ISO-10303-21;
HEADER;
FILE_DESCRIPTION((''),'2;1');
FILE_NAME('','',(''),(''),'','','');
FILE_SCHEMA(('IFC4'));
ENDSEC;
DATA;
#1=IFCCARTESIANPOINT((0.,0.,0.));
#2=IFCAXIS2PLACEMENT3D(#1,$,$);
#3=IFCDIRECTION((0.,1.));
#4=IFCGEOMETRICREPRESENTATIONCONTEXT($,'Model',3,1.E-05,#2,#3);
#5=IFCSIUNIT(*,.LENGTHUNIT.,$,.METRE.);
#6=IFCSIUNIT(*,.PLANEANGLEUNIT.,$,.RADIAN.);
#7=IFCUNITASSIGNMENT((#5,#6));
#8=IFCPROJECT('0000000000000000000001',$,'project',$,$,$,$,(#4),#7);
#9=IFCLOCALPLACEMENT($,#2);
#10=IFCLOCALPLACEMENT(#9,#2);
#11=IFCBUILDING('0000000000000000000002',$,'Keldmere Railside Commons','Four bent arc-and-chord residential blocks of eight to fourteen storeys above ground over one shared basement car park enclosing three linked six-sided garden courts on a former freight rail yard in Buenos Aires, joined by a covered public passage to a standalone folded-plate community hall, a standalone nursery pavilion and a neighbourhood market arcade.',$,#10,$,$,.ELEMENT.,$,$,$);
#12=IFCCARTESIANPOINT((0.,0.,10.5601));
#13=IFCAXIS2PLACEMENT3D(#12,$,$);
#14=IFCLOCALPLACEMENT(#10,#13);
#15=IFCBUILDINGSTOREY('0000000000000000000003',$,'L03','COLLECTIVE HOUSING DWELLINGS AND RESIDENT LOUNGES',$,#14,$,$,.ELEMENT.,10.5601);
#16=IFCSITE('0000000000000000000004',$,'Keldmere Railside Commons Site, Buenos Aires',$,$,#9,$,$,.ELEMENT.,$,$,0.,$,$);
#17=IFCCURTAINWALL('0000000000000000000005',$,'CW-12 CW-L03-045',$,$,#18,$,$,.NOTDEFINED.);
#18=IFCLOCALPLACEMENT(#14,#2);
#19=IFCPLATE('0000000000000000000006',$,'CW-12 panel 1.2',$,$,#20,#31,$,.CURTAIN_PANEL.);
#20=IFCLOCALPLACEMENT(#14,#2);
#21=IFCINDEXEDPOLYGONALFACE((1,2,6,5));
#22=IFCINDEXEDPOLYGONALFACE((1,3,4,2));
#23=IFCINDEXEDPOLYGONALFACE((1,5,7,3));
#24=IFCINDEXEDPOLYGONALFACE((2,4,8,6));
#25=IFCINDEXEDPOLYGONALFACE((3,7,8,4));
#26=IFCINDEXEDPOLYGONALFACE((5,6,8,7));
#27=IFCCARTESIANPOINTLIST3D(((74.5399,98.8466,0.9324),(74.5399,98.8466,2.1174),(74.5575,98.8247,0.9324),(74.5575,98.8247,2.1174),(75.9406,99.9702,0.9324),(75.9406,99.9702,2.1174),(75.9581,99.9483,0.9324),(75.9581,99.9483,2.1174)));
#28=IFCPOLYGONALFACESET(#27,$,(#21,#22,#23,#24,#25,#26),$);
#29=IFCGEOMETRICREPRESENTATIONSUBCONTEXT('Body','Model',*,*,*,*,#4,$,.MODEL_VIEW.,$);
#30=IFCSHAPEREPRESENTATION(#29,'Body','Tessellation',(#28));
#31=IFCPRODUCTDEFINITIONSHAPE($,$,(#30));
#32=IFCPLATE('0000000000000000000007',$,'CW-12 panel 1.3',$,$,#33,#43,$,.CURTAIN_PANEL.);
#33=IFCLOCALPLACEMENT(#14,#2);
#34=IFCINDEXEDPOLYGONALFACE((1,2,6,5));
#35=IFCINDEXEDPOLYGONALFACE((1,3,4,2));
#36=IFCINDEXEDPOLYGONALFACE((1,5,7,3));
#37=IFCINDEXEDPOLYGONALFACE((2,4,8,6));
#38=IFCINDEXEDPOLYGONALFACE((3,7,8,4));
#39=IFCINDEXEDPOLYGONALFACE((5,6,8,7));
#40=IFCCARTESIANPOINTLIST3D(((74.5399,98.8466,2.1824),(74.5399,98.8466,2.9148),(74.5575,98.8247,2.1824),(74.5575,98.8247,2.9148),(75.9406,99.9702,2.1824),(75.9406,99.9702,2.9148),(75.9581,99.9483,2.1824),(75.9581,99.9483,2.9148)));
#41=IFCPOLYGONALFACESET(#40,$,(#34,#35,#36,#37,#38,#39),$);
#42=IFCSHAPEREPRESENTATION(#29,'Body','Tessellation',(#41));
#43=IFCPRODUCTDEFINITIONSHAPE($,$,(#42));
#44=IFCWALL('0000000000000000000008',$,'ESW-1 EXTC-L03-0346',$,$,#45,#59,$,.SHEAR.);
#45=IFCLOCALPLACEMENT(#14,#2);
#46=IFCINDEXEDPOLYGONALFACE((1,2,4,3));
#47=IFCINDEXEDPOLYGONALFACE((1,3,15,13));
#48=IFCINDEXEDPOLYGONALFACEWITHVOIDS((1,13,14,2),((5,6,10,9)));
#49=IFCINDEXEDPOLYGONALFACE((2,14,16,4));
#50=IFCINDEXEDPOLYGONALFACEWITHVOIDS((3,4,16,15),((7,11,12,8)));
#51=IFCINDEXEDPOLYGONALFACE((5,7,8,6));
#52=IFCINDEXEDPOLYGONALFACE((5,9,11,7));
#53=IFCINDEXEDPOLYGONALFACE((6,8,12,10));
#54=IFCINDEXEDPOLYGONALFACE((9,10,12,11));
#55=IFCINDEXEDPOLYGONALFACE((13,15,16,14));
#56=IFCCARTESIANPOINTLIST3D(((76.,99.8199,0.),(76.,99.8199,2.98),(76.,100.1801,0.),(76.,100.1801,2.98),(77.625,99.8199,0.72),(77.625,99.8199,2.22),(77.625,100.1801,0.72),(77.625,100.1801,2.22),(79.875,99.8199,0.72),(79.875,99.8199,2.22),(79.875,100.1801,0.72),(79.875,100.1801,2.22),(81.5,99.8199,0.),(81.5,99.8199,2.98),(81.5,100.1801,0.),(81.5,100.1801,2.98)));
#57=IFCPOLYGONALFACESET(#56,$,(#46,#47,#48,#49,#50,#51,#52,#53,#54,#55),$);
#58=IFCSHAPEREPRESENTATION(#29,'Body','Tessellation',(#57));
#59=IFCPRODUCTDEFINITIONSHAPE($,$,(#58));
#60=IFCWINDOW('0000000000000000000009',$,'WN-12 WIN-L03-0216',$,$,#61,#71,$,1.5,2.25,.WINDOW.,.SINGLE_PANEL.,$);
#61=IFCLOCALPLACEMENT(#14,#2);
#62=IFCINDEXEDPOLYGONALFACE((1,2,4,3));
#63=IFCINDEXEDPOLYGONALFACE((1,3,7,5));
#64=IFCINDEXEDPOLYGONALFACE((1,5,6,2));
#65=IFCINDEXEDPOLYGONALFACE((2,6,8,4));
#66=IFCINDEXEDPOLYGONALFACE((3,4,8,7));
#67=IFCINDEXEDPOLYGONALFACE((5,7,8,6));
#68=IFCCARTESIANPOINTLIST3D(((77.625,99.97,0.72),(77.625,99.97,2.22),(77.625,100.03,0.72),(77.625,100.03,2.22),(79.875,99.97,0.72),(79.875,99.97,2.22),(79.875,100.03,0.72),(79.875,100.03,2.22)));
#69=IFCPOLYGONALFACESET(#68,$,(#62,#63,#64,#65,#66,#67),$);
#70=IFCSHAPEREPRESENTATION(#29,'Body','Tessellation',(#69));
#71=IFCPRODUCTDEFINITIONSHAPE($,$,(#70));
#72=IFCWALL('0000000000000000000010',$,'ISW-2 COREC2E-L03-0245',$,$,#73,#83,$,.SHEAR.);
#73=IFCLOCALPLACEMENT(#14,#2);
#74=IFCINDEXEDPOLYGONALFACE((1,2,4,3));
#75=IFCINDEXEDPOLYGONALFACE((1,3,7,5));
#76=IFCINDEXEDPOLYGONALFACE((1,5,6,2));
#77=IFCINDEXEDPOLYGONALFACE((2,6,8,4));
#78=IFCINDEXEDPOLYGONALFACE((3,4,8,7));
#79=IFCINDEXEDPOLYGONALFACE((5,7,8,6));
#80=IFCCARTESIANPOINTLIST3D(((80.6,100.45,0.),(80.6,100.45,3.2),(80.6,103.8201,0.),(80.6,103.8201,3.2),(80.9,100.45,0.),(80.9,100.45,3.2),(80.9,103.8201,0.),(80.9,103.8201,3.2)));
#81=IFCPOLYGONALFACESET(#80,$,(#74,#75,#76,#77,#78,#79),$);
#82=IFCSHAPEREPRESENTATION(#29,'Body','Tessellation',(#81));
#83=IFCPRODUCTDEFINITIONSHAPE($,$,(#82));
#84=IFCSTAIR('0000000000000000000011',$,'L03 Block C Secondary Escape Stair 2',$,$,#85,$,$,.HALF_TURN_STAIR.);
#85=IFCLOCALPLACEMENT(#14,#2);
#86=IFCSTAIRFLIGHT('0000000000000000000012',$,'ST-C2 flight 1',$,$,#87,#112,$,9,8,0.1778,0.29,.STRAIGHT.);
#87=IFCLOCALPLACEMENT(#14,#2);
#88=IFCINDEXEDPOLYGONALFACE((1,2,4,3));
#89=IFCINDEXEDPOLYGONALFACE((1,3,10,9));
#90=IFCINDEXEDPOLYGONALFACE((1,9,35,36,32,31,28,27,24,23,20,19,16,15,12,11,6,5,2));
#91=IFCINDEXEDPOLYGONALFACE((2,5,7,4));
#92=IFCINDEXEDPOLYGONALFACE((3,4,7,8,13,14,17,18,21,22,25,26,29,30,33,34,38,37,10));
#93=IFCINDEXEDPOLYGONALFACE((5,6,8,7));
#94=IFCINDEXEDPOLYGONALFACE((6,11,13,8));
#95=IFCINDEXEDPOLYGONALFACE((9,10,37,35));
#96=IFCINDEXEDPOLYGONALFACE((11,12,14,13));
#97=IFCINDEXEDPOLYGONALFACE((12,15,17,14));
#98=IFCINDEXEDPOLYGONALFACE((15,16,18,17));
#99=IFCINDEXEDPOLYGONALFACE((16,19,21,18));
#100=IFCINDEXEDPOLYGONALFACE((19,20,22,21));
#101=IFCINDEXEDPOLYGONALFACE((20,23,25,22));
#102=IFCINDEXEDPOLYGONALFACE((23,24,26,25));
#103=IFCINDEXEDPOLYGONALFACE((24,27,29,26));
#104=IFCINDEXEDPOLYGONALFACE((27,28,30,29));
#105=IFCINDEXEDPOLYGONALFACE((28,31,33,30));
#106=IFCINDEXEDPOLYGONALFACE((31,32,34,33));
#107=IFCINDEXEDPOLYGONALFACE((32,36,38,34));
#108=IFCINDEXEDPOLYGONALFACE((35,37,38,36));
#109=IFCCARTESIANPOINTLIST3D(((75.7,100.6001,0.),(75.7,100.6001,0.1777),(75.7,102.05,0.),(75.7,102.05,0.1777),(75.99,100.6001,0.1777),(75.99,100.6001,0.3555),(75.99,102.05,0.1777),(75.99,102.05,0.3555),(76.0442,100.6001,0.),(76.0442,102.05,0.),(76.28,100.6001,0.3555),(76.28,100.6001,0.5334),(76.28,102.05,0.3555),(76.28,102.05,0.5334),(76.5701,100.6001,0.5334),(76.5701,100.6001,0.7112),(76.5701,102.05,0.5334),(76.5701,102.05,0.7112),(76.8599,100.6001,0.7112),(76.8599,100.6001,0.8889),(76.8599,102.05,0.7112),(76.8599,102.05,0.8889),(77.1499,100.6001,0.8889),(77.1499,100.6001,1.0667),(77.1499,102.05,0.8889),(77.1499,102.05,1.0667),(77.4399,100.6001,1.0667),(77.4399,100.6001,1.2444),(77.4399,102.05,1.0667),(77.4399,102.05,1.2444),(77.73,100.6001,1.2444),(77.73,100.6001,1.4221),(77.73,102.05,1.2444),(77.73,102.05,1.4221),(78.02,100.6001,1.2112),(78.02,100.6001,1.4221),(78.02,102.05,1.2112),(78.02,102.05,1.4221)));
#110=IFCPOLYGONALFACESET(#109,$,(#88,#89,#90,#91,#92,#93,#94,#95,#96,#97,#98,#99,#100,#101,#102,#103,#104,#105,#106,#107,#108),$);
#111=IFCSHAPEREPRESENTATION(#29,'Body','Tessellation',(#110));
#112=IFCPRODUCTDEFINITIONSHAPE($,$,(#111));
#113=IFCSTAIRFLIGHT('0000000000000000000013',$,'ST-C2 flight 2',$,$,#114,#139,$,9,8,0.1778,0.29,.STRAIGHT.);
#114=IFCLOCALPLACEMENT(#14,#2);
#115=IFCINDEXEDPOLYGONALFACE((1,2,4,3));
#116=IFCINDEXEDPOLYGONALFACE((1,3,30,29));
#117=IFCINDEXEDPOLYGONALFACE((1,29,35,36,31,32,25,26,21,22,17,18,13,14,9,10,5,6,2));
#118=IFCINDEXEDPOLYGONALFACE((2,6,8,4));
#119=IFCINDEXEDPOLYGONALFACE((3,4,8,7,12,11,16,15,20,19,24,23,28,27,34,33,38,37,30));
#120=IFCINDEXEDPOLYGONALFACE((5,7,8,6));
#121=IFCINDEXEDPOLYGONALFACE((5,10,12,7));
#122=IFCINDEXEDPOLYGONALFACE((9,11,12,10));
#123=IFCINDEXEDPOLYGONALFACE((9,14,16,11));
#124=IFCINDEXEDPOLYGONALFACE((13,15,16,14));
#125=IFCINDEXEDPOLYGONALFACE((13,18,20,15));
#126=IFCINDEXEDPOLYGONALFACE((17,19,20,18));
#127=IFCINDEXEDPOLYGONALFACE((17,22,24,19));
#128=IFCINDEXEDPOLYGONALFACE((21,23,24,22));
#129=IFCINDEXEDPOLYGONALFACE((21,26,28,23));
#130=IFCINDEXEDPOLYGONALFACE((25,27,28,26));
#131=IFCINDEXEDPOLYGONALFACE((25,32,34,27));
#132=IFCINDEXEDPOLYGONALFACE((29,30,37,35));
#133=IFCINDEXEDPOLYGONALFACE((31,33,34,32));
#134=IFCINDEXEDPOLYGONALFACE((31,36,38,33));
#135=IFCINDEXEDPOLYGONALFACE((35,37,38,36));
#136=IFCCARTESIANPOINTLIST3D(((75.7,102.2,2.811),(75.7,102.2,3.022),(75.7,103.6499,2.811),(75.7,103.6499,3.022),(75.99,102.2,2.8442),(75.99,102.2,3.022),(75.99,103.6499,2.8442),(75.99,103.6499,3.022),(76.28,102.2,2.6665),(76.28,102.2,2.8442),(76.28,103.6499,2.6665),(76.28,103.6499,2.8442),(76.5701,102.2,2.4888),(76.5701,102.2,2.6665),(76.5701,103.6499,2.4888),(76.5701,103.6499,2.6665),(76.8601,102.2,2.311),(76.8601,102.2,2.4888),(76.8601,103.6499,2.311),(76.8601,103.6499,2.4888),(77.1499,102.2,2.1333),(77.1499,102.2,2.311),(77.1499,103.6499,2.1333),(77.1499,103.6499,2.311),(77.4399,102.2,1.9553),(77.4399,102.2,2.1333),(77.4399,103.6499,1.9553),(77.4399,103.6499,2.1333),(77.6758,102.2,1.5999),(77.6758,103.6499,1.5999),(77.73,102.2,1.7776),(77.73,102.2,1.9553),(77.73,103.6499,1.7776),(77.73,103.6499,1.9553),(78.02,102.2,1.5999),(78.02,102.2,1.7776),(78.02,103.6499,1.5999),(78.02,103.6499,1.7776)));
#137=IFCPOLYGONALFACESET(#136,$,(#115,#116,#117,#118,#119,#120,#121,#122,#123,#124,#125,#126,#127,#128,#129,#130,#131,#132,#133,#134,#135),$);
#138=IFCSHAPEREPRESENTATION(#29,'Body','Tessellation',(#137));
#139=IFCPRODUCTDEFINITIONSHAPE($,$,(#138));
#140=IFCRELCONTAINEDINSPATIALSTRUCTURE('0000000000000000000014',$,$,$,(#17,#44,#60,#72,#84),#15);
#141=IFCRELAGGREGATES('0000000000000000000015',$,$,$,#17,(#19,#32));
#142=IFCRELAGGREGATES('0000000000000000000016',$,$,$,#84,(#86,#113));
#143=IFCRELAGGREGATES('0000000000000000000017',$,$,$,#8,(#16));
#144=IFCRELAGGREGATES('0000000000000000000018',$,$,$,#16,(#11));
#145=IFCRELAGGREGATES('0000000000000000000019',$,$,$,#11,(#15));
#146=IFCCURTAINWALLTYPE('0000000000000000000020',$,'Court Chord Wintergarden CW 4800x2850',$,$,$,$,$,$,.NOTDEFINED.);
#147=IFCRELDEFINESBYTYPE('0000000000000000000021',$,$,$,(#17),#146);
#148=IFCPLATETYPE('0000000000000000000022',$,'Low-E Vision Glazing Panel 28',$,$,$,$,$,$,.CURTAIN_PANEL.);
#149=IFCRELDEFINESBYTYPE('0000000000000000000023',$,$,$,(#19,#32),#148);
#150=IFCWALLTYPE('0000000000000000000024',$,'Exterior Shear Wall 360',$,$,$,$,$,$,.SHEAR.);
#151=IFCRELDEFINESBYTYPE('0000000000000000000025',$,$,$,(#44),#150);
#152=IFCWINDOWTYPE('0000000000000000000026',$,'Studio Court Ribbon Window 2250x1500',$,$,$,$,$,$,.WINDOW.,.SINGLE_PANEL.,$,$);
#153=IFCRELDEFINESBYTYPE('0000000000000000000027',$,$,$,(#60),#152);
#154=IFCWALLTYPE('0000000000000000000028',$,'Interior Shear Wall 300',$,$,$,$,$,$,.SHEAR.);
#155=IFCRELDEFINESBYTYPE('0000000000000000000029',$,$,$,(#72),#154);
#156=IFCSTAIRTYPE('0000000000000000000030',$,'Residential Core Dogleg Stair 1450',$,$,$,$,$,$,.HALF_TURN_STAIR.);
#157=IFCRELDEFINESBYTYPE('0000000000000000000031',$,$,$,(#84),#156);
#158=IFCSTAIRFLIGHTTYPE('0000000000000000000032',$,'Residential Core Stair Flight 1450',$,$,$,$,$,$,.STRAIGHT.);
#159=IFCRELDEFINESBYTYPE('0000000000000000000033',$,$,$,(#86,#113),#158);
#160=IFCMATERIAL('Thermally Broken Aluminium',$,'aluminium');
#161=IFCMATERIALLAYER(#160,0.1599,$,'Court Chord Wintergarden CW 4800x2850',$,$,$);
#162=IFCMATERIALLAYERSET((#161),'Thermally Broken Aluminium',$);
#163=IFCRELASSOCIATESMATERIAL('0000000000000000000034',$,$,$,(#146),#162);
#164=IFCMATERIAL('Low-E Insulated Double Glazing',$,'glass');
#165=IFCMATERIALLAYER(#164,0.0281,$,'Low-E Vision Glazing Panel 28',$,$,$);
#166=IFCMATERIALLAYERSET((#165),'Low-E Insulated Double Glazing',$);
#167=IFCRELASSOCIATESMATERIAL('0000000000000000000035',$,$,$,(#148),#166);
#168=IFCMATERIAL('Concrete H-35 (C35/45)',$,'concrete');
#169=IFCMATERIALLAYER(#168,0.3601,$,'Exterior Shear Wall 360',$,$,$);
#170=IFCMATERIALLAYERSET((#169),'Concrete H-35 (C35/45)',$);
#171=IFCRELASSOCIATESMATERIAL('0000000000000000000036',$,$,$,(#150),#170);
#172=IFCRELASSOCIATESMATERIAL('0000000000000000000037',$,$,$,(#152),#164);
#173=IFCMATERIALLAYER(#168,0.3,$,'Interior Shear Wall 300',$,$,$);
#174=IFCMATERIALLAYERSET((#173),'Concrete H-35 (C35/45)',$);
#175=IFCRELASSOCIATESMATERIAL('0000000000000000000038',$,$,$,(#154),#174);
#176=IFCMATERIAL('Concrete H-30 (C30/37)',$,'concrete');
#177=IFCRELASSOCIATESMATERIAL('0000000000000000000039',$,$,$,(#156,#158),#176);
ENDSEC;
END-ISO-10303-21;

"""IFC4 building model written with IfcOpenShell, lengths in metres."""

from ifc_helpers import new_model, si_unit, direction, frame, frame_2d, origin, origin_2d, place, context, subcontext, project, spatial, polyline, rectangle, outline, extrude, material, layer, layer_set, type_object, element, fill, aggregate, save


model = new_model("IFC4")

# Units and contexts
model_context = context("Model", 3, precision=1e-05, world=origin(), true_north=direction((0.0, 1.0)))
body_context = subcontext(model_context, "Body", "Model", "MODEL_VIEW")
ifc_project = project(units=[si_unit("LENGTHUNIT", "METRE"), si_unit("PLANEANGLEUNIT", "RADIAN")], contexts=[model_context])

# Site, building, storey
site_placement = place(None, origin())
site = spatial("IfcSite", under=ifc_project, at=site_placement, Name="Keldmere Railside Commons Site, Buenos Aires", CompositionType="ELEMENT", RefElevation=0.0)
building_placement = place(site_placement, origin())
building = spatial("IfcBuilding", under=site, at=building_placement, Name="Keldmere Railside Commons", Description="Four bent arc-and-chord residential blocks of eight to fourteen storeys above ground over one shared basement car park enclosing three linked six-sided garden courts on a former freight rail yard in Buenos Aires, joined by a covered public passage to a standalone folded-plate community hall, a standalone nursery pavilion and a neighbourhood market arcade.", CompositionType="ELEMENT")
storey_placement = place(building_placement, frame((0.0, 0.0, 10.5601)))
storey = spatial("IfcBuildingStorey", under=building, at=storey_placement, Name="L03", Description="COLLECTIVE HOUSING DWELLINGS AND RESIDENT LOUNGES", CompositionType="ELEMENT", Elevation=10.5601)

# Curtain wall, plates
ifc_material_1 = material(Name="Thermally Broken Aluminium", Category="aluminium")
ifc_layer_1 = layer(ifc_material_1, 0.1599, Name="Court Chord Wintergarden CW 4800x2850")
ifc_layer_set_1 = layer_set([ifc_layer_1], Name="Thermally Broken Aluminium")
curtain_wall_type = type_object("IfcCurtainWallType", Name="Court Chord Wintergarden CW 4800x2850", PredefinedType="NOTDEFINED", material=ifc_layer_set_1)
curtain_wall_placement = place(storey_placement, origin())
curtain_wall = element("IfcCurtainWall", 1, at=curtain_wall_placement, inside=storey, type_object=curtain_wall_type, Name="CW-12 CW-L03-045", PredefinedType="NOTDEFINED")
ifc_material_2 = material(Name="Low-E Insulated Double Glazing", Category="glass")
ifc_layer_2 = layer(ifc_material_2, 0.0281, Name="Low-E Vision Glazing Panel 28")
ifc_layer_set_2 = layer_set([ifc_layer_2], Name="Low-E Insulated Double Glazing")
plate_type = type_object("IfcPlateType", Name="Low-E Vision Glazing Panel 28", PredefinedType="CURTAIN_PANEL", material=ifc_layer_set_2)
plate_1_placement = place(storey_placement, frame((75.249, 99.3975, 0.9324), z_axis=(0.0, 0.0, 1.0), x_axis=(-0.780009, -0.625768, 0.0)))
plate_1 = element("IfcPlate", 2, at=plate_1_placement, type_object=plate_type, Name="CW-12 panel 1.2", PredefinedType="CURTAIN_PANEL", context=body_context, shape_type="SweptSolid", body=[
    extrude(rectangle(XDim=1.7957, YDim=0.0281, at=origin_2d()), origin(), (0.0, 0.0, 1.0), 1.1851),
])
plate_2_placement = place(storey_placement, frame((75.249, 99.3975, 2.1824), z_axis=(0.0, 0.0, 1.0), x_axis=(-0.780009, -0.625768, 0.0)))
plate_2 = element("IfcPlate", 3, at=plate_2_placement, type_object=plate_type, Name="CW-12 panel 1.3", PredefinedType="CURTAIN_PANEL", context=body_context, shape_type="SweptSolid", body=[
    extrude(rectangle(XDim=1.7957, YDim=0.0281, at=origin_2d()), origin(), (0.0, 0.0, 1.0), 0.7324),
])
aggregate(curtain_wall, [plate_1, plate_2])

# Wall, opening, window
ifc_material_3 = material(Name="Concrete H-35 (C35/45)", Category="concrete")
ifc_layer_3 = layer(ifc_material_3, 0.3601, Name="Exterior Shear Wall 360")
ifc_layer_set_3 = layer_set([ifc_layer_3], Name="Concrete H-35 (C35/45)")
wall_type_1 = type_object("IfcWallType", Name="Exterior Shear Wall 360", PredefinedType="SHEAR", material=ifc_layer_set_3)
wall_1_placement = place(storey_placement, frame((81.5, 100.0, 0.0), z_axis=(0.0, 0.0, 1.0), x_axis=(-1.0, 0.0, 0.0)))
wall_1 = element("IfcWall", 4, at=wall_1_placement, inside=storey, type_object=wall_type_1, Name="ESW-1 EXTC-L03-0346", PredefinedType="SHEAR", context=body_context, shape_type="SweptSolid", body=[
    extrude(rectangle(XDim=5.5, YDim=0.3601, at=frame_2d((2.75, 0.0))), origin(), (0.0, 0.0, 1.0), 2.98),
])
opening_placement = place(wall_1_placement, frame((1.625, 0.0, 0.72)))
opening = element("IfcOpeningElement", 5, at=opening_placement, cuts=wall_1, PredefinedType="OPENING", context=body_context, shape_type="SweptSolid", body=[
    extrude(rectangle(XDim=2.25, YDim=1.5, at=frame_2d((1.125, 0.75))), frame((0.0, 0.1899, 0.0), z_axis=(0.0, -1.0, 0.0), x_axis=(1.0, 0.0, 0.0)), (0.0, 0.0, 1.0), 0.3801),
])
window_type = type_object("IfcWindowType", Name="Studio Court Ribbon Window 2250x1500", PartitioningType="SINGLE_PANEL", PredefinedType="WINDOW", material=ifc_material_2)
window_placement = place(opening_placement, origin())
window = element("IfcWindow", 6, at=window_placement, inside=storey, type_object=window_type, Name="WN-12 WIN-L03-0216", OverallHeight=1.5, OverallWidth=2.25, PartitioningType="SINGLE_PANEL", PredefinedType="WINDOW", context=body_context, shape_type="SweptSolid", body=[
    extrude(rectangle(XDim=2.25, YDim=1.5, at=frame_2d((1.125, 0.75))), frame((0.0, 0.03, 0.0), z_axis=(0.0, -1.0, 0.0), x_axis=(1.0, 0.0, 0.0)), (0.0, 0.0, 1.0), 0.0601),
])
fill(opening, window)

# Wall
ifc_layer_4 = layer(ifc_material_3, 0.3, Name="Interior Shear Wall 300")
ifc_layer_set_4 = layer_set([ifc_layer_4], Name="Concrete H-35 (C35/45)")
wall_type_2 = type_object("IfcWallType", Name="Interior Shear Wall 300", PredefinedType="SHEAR", material=ifc_layer_set_4)
wall_2_placement = place(storey_placement, frame((80.75, 100.45, 0.0), z_axis=(0.0, 0.0, 1.0), x_axis=(0.0, 1.0, 0.0)))
element("IfcWall", 7, at=wall_2_placement, inside=storey, type_object=wall_type_2, Name="ISW-2 COREC2E-L03-0245", PredefinedType="SHEAR", context=body_context, shape_type="SweptSolid", body=[
    extrude(rectangle(XDim=3.3701, YDim=0.3, at=frame_2d((1.6851, 0.0))), origin(), (0.0, 0.0, 1.0), 3.2),
])

# Stair, stair flights
ifc_material_4 = material(Name="Concrete H-30 (C30/37)", Category="concrete")
stair_type = type_object("IfcStairType", Name="Residential Core Dogleg Stair 1450", PredefinedType="HALF_TURN_STAIR", material=ifc_material_4)
stair_placement = place(storey_placement, origin())
stair = element("IfcStair", 8, at=stair_placement, inside=storey, type_object=stair_type, Name="L03 Block C Secondary Escape Stair 2", PredefinedType="HALF_TURN_STAIR")
stair_flight_type = type_object("IfcStairFlightType", Name="Residential Core Stair Flight 1450", PredefinedType="STRAIGHT", material=ifc_material_4)
stair_flight_1_placement = place(storey_placement, frame((75.7, 101.325, 0.0), z_axis=(0.0, 0.0, 1.0), x_axis=(1.0, 0.0, 0.0)))
stair_flight_1 = element("IfcStairFlight", 9, at=stair_flight_1_placement, type_object=stair_flight_type, Name="ST-C2 flight 1", NumberOfRisers=9, NumberOfTreads=8, PredefinedType="STRAIGHT", RiserHeight=0.1778, TreadLength=0.29, context=body_context, shape_type="SweptSolid", body=[
    extrude(outline(polyline([(0.0, 0.0), (0.0, 0.1777), (0.29, 0.1777), (0.29, 0.3555), (0.5801, 0.3555), (0.5801, 0.5334), (0.8701, 0.5334), (0.8701, 0.7112), (1.1599, 0.7112), (1.1599, 0.8889), (1.45, 0.8889), (1.45, 1.0667), (1.74, 1.0667), (1.74, 1.2444), (2.03, 1.2444), (2.03, 1.4221), (2.3201, 1.4221), (2.3201, 1.6001), (2.3201, 1.2112), (0.3442, 0.0), (0.0, 0.0)])), frame((0.0, 0.7251, 0.0), z_axis=(0.0, -1.0, 0.0), x_axis=(1.0, 0.0, 0.0)), (0.0, 0.0, 1.0), 1.45),
])
stair_flight_2_placement = place(storey_placement, frame((78.02, 102.925, 1.5999), z_axis=(0.0, 0.0, 1.0), x_axis=(-1.0, 0.0, 0.0)))
stair_flight_2 = element("IfcStairFlight", 10, at=stair_flight_2_placement, type_object=stair_flight_type, Name="ST-C2 flight 2", NumberOfRisers=9, NumberOfTreads=8, PredefinedType="STRAIGHT", RiserHeight=0.1778, TreadLength=0.29, context=body_context, shape_type="SweptSolid", body=[
    extrude(outline(polyline([(0.0, 0.0), (0.0, 0.1777), (0.29, 0.1777), (0.29, 0.3555), (0.5801, 0.3555), (0.5801, 0.5334), (0.8701, 0.5334), (0.8701, 0.7112), (1.1599, 0.7112), (1.1599, 0.8889), (1.45, 0.8889), (1.45, 1.0667), (1.74, 1.0667), (1.74, 1.2444), (2.03, 1.2444), (2.03, 1.4221), (2.3201, 1.4221), (2.3201, 1.6001), (2.3201, 1.2112), (0.3442, 0.0), (0.0, 0.0)])), frame((0.0, 0.7251, 0.0), z_axis=(0.0, -1.0, 0.0), x_axis=(1.0, 0.0, 0.0)), (0.0, 0.0, 1.0), 1.45),
])
aggregate(stair, [stair_flight_1, stair_flight_2])

save(model, "model.ifc")
